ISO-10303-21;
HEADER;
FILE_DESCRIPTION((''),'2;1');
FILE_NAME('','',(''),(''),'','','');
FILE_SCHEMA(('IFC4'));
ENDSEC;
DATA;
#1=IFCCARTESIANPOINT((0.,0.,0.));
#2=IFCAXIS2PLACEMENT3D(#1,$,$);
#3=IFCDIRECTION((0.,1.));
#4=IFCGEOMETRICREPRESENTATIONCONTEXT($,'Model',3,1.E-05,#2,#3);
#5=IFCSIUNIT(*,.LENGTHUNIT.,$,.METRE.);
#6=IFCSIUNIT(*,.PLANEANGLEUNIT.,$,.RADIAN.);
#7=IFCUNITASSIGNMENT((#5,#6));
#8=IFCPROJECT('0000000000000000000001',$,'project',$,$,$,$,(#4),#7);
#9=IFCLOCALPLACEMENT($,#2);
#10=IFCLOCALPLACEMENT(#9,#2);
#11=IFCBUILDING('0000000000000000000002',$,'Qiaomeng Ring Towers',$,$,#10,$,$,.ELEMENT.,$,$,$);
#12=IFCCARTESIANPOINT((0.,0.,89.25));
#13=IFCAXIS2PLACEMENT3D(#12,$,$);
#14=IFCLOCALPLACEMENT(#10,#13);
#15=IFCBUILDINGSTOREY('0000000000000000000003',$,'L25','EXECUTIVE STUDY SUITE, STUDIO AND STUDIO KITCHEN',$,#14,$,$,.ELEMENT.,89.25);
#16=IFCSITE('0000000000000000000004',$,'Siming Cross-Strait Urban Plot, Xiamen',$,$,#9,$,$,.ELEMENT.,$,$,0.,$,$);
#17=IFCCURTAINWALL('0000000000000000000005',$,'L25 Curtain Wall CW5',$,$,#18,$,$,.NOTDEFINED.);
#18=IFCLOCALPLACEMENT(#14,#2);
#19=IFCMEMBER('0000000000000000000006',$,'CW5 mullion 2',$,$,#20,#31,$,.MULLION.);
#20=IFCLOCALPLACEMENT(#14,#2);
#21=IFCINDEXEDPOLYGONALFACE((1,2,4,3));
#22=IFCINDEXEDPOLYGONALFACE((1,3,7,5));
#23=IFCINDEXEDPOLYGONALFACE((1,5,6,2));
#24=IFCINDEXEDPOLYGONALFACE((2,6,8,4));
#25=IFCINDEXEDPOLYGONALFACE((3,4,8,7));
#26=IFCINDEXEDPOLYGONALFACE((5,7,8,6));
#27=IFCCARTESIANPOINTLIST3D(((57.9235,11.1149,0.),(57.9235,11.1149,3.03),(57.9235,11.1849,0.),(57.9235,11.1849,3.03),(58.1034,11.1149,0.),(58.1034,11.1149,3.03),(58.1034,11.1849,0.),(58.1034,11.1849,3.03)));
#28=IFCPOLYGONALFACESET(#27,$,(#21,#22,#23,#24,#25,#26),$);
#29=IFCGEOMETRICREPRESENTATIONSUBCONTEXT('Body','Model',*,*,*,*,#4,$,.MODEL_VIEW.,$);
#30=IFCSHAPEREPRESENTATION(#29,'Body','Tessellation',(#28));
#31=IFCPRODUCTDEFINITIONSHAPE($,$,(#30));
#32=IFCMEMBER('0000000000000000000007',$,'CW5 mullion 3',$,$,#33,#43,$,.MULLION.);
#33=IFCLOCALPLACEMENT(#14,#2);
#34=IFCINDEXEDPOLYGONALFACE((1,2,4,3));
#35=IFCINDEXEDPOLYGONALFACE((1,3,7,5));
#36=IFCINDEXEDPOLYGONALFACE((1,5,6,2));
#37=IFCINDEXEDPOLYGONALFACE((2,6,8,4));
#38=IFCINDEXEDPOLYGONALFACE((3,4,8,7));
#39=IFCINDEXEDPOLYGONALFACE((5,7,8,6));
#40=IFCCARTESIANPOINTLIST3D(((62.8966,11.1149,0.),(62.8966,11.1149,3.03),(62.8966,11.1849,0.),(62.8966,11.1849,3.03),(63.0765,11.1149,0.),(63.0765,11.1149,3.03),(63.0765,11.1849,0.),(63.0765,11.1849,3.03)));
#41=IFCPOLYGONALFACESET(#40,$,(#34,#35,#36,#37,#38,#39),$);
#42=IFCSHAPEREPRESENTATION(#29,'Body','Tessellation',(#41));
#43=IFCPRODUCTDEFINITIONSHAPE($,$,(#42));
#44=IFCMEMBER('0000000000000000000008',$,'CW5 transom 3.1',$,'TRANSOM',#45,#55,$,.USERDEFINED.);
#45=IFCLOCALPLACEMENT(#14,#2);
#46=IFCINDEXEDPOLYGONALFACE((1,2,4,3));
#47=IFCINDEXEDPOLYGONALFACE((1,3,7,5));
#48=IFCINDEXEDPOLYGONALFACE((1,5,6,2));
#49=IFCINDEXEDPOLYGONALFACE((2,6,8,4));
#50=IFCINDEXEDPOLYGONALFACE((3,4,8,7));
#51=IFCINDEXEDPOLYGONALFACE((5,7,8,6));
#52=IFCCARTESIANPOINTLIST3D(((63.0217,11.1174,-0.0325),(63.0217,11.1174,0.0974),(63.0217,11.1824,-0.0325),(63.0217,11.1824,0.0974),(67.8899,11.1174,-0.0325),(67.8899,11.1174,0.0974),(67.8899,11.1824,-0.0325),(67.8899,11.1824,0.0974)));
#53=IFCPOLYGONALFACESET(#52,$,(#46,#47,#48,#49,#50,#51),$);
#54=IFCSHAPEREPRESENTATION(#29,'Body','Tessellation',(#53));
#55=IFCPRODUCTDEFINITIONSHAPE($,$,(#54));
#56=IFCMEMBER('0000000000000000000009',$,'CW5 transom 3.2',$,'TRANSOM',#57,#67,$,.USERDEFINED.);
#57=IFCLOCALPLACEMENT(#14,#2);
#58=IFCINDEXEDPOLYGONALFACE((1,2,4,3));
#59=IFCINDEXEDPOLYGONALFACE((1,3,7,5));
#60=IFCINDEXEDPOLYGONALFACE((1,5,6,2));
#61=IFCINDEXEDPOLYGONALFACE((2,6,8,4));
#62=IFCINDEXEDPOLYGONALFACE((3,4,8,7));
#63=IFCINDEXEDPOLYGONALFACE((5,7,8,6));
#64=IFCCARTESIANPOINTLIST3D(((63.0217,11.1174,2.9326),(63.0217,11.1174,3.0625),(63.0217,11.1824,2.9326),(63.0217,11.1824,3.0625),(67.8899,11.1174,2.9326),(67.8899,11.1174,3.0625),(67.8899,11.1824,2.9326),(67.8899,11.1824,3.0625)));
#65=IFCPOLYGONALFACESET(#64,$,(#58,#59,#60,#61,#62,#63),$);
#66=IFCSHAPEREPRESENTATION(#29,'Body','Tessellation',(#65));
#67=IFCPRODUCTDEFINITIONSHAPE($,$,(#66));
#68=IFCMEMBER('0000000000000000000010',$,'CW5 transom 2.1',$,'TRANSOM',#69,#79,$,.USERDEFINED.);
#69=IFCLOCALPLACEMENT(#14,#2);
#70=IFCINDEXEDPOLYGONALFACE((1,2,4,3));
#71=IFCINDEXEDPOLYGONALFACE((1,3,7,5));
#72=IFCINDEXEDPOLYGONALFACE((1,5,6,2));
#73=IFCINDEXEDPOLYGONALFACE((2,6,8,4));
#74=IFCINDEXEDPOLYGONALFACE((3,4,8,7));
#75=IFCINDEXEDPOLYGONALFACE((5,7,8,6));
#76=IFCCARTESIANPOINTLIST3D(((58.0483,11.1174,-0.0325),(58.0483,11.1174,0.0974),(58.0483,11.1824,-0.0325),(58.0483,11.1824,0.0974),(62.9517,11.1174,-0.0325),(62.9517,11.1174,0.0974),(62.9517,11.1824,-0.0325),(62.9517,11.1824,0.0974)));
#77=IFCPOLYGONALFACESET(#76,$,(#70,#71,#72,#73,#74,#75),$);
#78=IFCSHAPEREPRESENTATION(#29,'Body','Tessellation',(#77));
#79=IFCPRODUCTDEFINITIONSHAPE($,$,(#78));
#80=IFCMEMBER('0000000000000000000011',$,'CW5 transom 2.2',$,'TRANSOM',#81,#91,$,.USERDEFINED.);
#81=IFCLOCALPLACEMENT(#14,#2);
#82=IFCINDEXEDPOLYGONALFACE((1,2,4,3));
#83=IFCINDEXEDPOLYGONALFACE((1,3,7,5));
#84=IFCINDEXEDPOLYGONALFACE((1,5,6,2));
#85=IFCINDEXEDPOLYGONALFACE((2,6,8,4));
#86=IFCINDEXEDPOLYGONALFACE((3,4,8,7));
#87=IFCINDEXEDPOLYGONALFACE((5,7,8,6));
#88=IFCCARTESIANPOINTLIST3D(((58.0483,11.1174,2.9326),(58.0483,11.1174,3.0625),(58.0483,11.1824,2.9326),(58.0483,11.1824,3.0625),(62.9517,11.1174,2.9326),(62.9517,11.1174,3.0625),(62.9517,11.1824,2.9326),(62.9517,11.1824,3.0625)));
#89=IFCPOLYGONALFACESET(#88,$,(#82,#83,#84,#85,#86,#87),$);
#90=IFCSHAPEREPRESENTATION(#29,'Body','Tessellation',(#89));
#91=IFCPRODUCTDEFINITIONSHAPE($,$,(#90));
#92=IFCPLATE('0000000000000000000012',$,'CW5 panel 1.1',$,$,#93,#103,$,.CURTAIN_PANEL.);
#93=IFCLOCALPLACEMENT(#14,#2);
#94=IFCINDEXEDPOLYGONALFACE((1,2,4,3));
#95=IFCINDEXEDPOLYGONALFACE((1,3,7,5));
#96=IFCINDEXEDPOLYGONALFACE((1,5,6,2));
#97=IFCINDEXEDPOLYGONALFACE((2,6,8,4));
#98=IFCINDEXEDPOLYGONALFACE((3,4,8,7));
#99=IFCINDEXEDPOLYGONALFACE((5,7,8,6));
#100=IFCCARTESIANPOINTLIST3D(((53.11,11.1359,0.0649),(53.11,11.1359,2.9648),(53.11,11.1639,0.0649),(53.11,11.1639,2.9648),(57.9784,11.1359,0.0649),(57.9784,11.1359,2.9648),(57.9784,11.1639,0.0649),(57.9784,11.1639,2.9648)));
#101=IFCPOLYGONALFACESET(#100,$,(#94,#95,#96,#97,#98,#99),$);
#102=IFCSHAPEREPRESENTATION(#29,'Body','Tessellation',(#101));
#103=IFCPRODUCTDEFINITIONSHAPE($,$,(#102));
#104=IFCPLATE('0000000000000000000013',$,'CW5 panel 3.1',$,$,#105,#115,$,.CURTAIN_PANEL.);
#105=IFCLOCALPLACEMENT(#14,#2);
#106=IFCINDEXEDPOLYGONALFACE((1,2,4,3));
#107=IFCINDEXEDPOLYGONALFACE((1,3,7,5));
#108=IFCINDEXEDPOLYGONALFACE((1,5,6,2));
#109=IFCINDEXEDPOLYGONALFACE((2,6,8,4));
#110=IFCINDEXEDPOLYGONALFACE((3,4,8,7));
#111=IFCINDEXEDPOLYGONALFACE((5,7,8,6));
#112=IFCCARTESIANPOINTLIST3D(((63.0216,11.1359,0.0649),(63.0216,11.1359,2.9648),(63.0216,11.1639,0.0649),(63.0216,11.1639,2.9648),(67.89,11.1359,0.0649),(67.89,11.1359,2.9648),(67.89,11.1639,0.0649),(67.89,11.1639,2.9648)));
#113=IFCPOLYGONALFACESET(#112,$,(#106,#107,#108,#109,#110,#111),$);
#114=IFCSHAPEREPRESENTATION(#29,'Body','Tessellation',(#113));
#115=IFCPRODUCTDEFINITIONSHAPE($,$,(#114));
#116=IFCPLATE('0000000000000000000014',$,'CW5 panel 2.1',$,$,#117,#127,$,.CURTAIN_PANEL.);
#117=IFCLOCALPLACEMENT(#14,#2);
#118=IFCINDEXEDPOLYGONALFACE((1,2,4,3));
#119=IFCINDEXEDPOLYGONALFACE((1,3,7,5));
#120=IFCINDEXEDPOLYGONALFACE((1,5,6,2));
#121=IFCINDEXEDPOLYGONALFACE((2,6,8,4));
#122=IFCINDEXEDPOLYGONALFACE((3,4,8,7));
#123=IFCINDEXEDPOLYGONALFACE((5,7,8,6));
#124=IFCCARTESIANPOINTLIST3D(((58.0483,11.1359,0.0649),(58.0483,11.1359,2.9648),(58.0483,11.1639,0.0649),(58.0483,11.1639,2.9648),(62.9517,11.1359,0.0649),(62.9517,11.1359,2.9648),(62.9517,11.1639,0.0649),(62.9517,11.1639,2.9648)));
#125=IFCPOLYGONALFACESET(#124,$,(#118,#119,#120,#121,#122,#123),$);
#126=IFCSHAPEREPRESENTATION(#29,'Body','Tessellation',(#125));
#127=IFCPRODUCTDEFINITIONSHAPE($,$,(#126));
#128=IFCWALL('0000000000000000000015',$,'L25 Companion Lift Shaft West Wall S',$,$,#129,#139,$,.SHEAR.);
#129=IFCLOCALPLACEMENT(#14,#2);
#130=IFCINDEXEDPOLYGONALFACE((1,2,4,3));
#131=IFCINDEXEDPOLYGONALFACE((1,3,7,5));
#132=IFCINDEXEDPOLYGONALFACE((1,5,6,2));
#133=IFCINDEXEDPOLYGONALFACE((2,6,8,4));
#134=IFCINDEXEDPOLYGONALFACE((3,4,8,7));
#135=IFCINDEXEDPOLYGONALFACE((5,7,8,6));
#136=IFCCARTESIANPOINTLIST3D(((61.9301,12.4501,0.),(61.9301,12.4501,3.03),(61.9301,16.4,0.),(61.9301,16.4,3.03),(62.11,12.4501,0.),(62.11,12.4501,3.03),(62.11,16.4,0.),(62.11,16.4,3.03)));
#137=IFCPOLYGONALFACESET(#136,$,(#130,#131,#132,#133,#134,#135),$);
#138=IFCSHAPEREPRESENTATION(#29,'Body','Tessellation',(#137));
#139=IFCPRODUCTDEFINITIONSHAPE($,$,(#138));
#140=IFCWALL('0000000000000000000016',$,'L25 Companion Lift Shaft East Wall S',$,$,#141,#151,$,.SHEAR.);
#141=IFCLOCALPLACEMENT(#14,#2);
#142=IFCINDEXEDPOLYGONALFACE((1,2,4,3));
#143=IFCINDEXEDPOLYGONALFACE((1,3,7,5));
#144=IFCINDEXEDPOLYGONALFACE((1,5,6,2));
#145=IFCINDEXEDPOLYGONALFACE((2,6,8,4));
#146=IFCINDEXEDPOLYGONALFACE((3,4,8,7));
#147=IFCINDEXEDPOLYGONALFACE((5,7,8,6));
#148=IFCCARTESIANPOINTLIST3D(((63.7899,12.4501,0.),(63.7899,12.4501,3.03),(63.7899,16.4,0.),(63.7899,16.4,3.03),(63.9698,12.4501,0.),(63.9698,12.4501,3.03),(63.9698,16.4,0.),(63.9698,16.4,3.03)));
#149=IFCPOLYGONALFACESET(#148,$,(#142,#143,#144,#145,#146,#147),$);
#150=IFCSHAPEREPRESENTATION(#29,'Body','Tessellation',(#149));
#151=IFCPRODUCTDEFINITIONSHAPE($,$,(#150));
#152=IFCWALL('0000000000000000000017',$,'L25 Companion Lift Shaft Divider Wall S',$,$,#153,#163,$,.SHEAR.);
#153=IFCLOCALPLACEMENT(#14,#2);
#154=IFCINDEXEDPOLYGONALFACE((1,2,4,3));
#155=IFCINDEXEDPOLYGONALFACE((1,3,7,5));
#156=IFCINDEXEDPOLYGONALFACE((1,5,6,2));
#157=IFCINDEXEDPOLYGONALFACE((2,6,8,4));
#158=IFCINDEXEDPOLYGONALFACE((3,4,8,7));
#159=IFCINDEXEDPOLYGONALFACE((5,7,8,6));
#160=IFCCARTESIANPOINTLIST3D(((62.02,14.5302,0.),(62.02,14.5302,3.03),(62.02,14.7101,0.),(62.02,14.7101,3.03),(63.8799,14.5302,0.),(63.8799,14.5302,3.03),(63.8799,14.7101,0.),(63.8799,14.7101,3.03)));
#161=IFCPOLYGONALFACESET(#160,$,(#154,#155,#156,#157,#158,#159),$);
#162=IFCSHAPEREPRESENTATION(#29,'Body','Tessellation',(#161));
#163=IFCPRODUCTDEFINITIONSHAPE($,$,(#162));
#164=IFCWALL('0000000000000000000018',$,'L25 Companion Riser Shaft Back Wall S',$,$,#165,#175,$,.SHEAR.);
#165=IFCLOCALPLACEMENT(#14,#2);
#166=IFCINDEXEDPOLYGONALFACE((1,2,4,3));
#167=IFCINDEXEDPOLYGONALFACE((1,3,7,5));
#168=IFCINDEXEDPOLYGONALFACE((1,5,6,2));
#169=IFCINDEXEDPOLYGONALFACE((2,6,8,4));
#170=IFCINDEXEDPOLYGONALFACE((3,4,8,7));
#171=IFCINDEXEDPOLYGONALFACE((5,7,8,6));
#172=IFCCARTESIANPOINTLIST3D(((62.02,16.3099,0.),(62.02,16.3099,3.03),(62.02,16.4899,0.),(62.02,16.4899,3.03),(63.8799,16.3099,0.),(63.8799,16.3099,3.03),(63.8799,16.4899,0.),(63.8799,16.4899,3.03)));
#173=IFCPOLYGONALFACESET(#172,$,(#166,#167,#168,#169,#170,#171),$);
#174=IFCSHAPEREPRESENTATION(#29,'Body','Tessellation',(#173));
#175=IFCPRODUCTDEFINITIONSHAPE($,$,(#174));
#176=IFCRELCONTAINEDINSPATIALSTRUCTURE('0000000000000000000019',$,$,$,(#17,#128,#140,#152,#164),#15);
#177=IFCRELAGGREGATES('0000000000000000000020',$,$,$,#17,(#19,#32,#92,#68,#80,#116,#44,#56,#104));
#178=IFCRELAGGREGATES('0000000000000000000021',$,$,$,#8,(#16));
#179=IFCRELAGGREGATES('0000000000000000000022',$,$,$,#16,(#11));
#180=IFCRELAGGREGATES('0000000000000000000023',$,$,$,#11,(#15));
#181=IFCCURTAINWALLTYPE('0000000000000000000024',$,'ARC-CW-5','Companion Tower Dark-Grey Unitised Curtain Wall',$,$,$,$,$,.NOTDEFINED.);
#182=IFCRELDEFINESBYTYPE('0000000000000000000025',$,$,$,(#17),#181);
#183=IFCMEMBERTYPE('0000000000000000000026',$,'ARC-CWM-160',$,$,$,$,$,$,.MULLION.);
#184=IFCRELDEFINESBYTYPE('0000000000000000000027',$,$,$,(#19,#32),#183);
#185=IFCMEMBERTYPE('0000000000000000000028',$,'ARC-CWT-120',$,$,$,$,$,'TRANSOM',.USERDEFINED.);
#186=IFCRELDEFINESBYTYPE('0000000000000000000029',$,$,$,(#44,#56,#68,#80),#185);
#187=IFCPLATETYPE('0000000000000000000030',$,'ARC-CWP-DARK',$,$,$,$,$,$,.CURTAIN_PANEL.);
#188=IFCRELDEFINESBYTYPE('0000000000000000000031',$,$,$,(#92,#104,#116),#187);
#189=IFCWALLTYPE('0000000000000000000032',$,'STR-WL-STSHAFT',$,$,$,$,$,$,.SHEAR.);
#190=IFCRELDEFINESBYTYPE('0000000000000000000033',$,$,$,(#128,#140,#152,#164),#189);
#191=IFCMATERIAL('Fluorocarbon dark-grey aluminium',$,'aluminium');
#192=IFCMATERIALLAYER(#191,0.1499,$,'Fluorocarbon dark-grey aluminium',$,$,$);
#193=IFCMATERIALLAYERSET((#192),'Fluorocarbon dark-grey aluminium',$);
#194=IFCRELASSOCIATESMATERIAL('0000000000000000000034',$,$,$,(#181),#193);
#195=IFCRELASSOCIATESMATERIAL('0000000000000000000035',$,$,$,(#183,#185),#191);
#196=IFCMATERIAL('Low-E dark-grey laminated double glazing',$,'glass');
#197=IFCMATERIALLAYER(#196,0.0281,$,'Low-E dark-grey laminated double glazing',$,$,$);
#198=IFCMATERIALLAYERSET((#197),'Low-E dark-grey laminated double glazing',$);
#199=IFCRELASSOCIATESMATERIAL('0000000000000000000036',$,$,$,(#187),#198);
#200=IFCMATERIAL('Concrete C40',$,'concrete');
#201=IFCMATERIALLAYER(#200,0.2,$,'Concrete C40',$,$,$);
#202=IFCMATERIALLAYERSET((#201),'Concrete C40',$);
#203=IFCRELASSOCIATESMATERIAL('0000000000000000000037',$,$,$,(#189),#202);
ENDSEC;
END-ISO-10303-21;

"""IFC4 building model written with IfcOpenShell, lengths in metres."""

from ifc_helpers import new_model, si_unit, direction, frame, frame_2d, origin, origin_2d, place, context, subcontext, project, spatial, rectangle, extrude, source, transform, mapped, material, layer, layer_set, material_profile, profile_set, type_object, element, aggregate, save


model = new_model("IFC4")

# Units and contexts
model_context = context("Model", 3, precision=1e-05, world=origin(), true_north=direction((0.0, 1.0)))
body_context = subcontext(model_context, "Body", "Model", "MODEL_VIEW")
ifc_project = project(units=[si_unit("LENGTHUNIT", "METRE"), si_unit("PLANEANGLEUNIT", "RADIAN")], contexts=[model_context])

# Site, building, storey
site_placement = place(None, origin())
site = spatial("IfcSite", under=ifc_project, at=site_placement, Name="Siming Cross-Strait Urban Plot, Xiamen", CompositionType="ELEMENT", RefElevation=0.0)
building_placement = place(site_placement, origin())
building = spatial("IfcBuilding", under=site, at=building_placement, Name="Qiaomeng Ring Towers", CompositionType="ELEMENT")
storey_placement = place(building_placement, frame((0.0, 0.0, 89.25)))
storey = spatial("IfcBuildingStorey", under=building, at=storey_placement, Name="L25", Description="EXECUTIVE STUDY SUITE, STUDIO AND STUDIO KITCHEN", CompositionType="ELEMENT", Elevation=89.25)

# Curtain wall, members, plates
ifc_material_1 = material(Name="Fluorocarbon dark-grey aluminium", Category="aluminium")
ifc_layer_1 = layer(ifc_material_1, 0.1499, Name="Fluorocarbon dark-grey aluminium")
ifc_layer_set_1 = layer_set([ifc_layer_1], Name="Fluorocarbon dark-grey aluminium")
curtain_wall_type = type_object("IfcCurtainWallType", Name="ARC-CW-5", Description="Companion Tower Dark-Grey Unitised Curtain Wall", PredefinedType="NOTDEFINED", material=ifc_layer_set_1)
curtain_wall_placement = place(storey_placement, origin())
curtain_wall = element("IfcCurtainWall", 1, at=curtain_wall_placement, inside=storey, type_object=curtain_wall_type, Name="L25 Curtain Wall CW5", PredefinedType="NOTDEFINED")
ifc_material_profile_1 = material_profile(ifc_material_1, rectangle(XDim=0.0701, YDim=0.1799, at=origin_2d()), Name="ALU MULL 70x180")
ifc_profile_set_1 = profile_set([ifc_material_profile_1], Name="Fluorocarbon dark-grey aluminium")
member_type_1 = type_object("IfcMemberType", Name="ARC-CWM-160", PredefinedType="MULLION", material=ifc_profile_set_1)
shared_shape_1 = source(origin(), body_context, "Body", "SweptSolid", [
    extrude(rectangle(XDim=0.0701, YDim=0.1799, at=origin_2d()), origin(), (0.0, 0.0, 1.0), 3.03),
])
member_1_placement = place(storey_placement, frame((58.0134, 11.1499, 0.0), z_axis=(0.0, 0.0, 1.0), x_axis=(0.0, 1.0, 0.0)))
member_1 = element("IfcMember", 2, at=member_1_placement, type_object=member_type_1, Name="CW5 mullion 2", PredefinedType="MULLION", context=body_context, shape_type="MappedRepresentation", body=[
    mapped(shared_shape_1, transform((0.0, 0.0, 0.0), x_axis=(1.0, 0.0, 0.0), y_axis=(0.0, 1.0, 0.0), z_axis=(0.0, 0.0, 1.0), scale=1.0)),
])
member_2_placement = place(storey_placement, frame((62.9866, 11.1499, 0.0), z_axis=(0.0, 0.0, 1.0), x_axis=(0.0, 1.0, 0.0)))
member_2 = element("IfcMember", 3, at=member_2_placement, type_object=member_type_1, Name="CW5 mullion 3", PredefinedType="MULLION", context=body_context, shape_type="MappedRepresentation", body=[
    mapped(shared_shape_1, transform((0.0, 0.0, 0.0), x_axis=(1.0, 0.0, 0.0), y_axis=(0.0, 1.0, 0.0), z_axis=(0.0, 0.0, 1.0), scale=1.0)),
])
ifc_material_profile_2 = material_profile(ifc_material_1, rectangle(XDim=0.0649, YDim=0.1299, at=origin_2d()), Name="ALU TRAN 65x130")
ifc_profile_set_2 = profile_set([ifc_material_profile_2], Name="Fluorocarbon dark-grey aluminium")
member_type_2 = type_object("IfcMemberType", Name="ARC-CWT-120", ElementType="TRANSOM", PredefinedType="USERDEFINED", material=ifc_profile_set_2)
shared_shape_2 = source(origin(), body_context, "Body", "SweptSolid", [
    extrude(rectangle(XDim=0.0649, YDim=0.1299, at=origin_2d()), origin(), (0.0, 0.0, 1.0), 4.8682),
])
member_3_placement = place(storey_placement, frame((63.0217, 11.1499, 0.0325), z_axis=(1.0, 0.0, 0.0), x_axis=(0.0, 1.0, 0.0)))
member_3 = element("IfcMember", 4, at=member_3_placement, type_object=member_type_2, Name="CW5 transom 3.1", ObjectType="TRANSOM", PredefinedType="USERDEFINED", context=body_context, shape_type="MappedRepresentation", body=[
    mapped(shared_shape_2, transform((0.0, 0.0, 0.0), x_axis=(1.0, 0.0, 0.0), y_axis=(0.0, 1.0, 0.0), z_axis=(0.0, 0.0, 1.0), scale=1.0)),
])
member_4_placement = place(storey_placement, frame((63.0217, 11.1499, 2.9976), z_axis=(1.0, 0.0, 0.0), x_axis=(0.0, 1.0, 0.0)))
member_4 = element("IfcMember", 5, at=member_4_placement, type_object=member_type_2, Name="CW5 transom 3.2", ObjectType="TRANSOM", PredefinedType="USERDEFINED", context=body_context, shape_type="MappedRepresentation", body=[
    mapped(shared_shape_2, transform((0.0, 0.0, 0.0), x_axis=(1.0, 0.0, 0.0), y_axis=(0.0, 1.0, 0.0), z_axis=(0.0, 0.0, 1.0), scale=1.0)),
])
shared_shape_3 = source(origin(), body_context, "Body", "SweptSolid", [
    extrude(rectangle(XDim=0.0649, YDim=0.1299, at=origin_2d()), origin(), (0.0, 0.0, 1.0), 4.9033),
])
member_5_placement = place(storey_placement, frame((58.0483, 11.1499, 0.0325), z_axis=(1.0, 0.0, 0.0), x_axis=(0.0, 1.0, 0.0)))
member_5 = element("IfcMember", 6, at=member_5_placement, type_object=member_type_2, Name="CW5 transom 2.1", ObjectType="TRANSOM", PredefinedType="USERDEFINED", context=body_context, shape_type="MappedRepresentation", body=[
    mapped(shared_shape_3, transform((0.0, 0.0, 0.0), x_axis=(1.0, 0.0, 0.0), y_axis=(0.0, 1.0, 0.0), z_axis=(0.0, 0.0, 1.0), scale=1.0)),
])
member_6_placement = place(storey_placement, frame((58.0483, 11.1499, 2.9976), z_axis=(1.0, 0.0, 0.0), x_axis=(0.0, 1.0, 0.0)))
member_6 = element("IfcMember", 7, at=member_6_placement, type_object=member_type_2, Name="CW5 transom 2.2", ObjectType="TRANSOM", PredefinedType="USERDEFINED", context=body_context, shape_type="MappedRepresentation", body=[
    mapped(shared_shape_3, transform((0.0, 0.0, 0.0), x_axis=(1.0, 0.0, 0.0), y_axis=(0.0, 1.0, 0.0), z_axis=(0.0, 0.0, 1.0), scale=1.0)),
])
ifc_material_2 = material(Name="Low-E dark-grey laminated double glazing", Category="glass")
ifc_layer_2 = layer(ifc_material_2, 0.0281, Name="Low-E dark-grey laminated double glazing")
ifc_layer_set_2 = layer_set([ifc_layer_2], Name="Low-E dark-grey laminated double glazing")
plate_type = type_object("IfcPlateType", Name="ARC-CWP-DARK", PredefinedType="CURTAIN_PANEL", material=ifc_layer_set_2)
shared_shape_4 = source(origin(), body_context, "Body", "SweptSolid", [
    extrude(rectangle(XDim=4.8684, YDim=0.0281, at=origin_2d()), origin(), (0.0, 0.0, 1.0), 2.8999),
])
plate_1_placement = place(storey_placement, frame((55.5442, 11.1499, 0.0649), z_axis=(0.0, 0.0, 1.0), x_axis=(1.0, 0.0, 0.0)))
plate_1 = element("IfcPlate", 8, at=plate_1_placement, type_object=plate_type, Name="CW5 panel 1.1", PredefinedType="CURTAIN_PANEL", context=body_context, shape_type="MappedRepresentation", body=[
    mapped(shared_shape_4, transform((0.0, 0.0, 0.0), x_axis=(1.0, 0.0, 0.0), y_axis=(0.0, 1.0, 0.0), z_axis=(0.0, 0.0, 1.0), scale=1.0)),
])
plate_2_placement = place(storey_placement, frame((65.4558, 11.1499, 0.0649), z_axis=(0.0, 0.0, 1.0), x_axis=(1.0, 0.0, 0.0)))
plate_2 = element("IfcPlate", 9, at=plate_2_placement, type_object=plate_type, Name="CW5 panel 3.1", PredefinedType="CURTAIN_PANEL", context=body_context, shape_type="MappedRepresentation", body=[
    mapped(shared_shape_4, transform((0.0, 0.0, 0.0), x_axis=(1.0, 0.0, 0.0), y_axis=(0.0, 1.0, 0.0), z_axis=(0.0, 0.0, 1.0), scale=1.0)),
])
shared_shape_5 = source(origin(), body_context, "Body", "SweptSolid", [
    extrude(rectangle(XDim=4.9033, YDim=0.0281, at=origin_2d()), origin(), (0.0, 0.0, 1.0), 2.8999),
])
plate_3_placement = place(storey_placement, frame((60.5, 11.1499, 0.0649), z_axis=(0.0, 0.0, 1.0), x_axis=(1.0, 0.0, 0.0)))
plate_3 = element("IfcPlate", 10, at=plate_3_placement, type_object=plate_type, Name="CW5 panel 2.1", PredefinedType="CURTAIN_PANEL", context=body_context, shape_type="MappedRepresentation", body=[
    mapped(shared_shape_5, transform((0.0, 0.0, 0.0), x_axis=(1.0, 0.0, 0.0), y_axis=(0.0, 1.0, 0.0), z_axis=(0.0, 0.0, 1.0), scale=1.0)),
])
aggregate(curtain_wall, [member_1, member_2, plate_1, member_5, member_6, plate_3, member_3, member_4, plate_2])

# Walls
ifc_material_3 = material(Name="Concrete C40", Category="concrete")
ifc_layer_3 = layer(ifc_material_3, 0.2, Name="Concrete C40")
ifc_layer_set_3 = layer_set([ifc_layer_3], Name="Concrete C40")
wall_type_1 = type_object("IfcWallType", Name="STR-WL-STSHAFT", PredefinedType="SHEAR", material=ifc_layer_set_3)
for number, where, z_axis, x_axis, name in (
    (11, (62.02, 12.45, 0.0), (0.0, 0.0, 1.0), (0.0, 1.0, 0.0), "L25 Companion Lift Shaft West Wall S"),
    (12, (63.8799, 12.45, 0.0), (0.0, 0.0, 1.0), (0.0, 1.0, 0.0), "L25 Companion Lift Shaft East Wall S"),
):
    element("IfcWall", number, at=place(storey_placement, frame(where, z_axis=z_axis, x_axis=x_axis)), inside=storey, type_object=wall_type_1, Name=name, PredefinedType="SHEAR", context=body_context, shape_type="SweptSolid", body=[
        extrude(rectangle(XDim=3.95, YDim=0.1799, at=frame_2d((1.9751, 0.0))), origin(), (0.0, 0.0, 1.0), 3.03),
    ])
for number, where, z_axis, x_axis, name in (
    (13, (62.02, 14.6201, 0.0), (0.0, 0.0, 1.0), (1.0, 0.0, 0.0), "L25 Companion Lift Shaft Divider Wall S"),
    (14, (62.02, 16.3999, 0.0), (0.0, 0.0, 1.0), (1.0, 0.0, 0.0), "L25 Companion Riser Shaft Back Wall S"),
):
    element("IfcWall", number, at=place(storey_placement, frame(where, z_axis=z_axis, x_axis=x_axis)), inside=storey, type_object=wall_type_1, Name=name, PredefinedType="SHEAR", context=body_context, shape_type="SweptSolid", body=[
        extrude(rectangle(XDim=1.8599, YDim=0.1799, at=frame_2d((0.9299, 0.0))), origin(), (0.0, 0.0, 1.0), 3.03),
    ])

save(model, "model.ifc")
